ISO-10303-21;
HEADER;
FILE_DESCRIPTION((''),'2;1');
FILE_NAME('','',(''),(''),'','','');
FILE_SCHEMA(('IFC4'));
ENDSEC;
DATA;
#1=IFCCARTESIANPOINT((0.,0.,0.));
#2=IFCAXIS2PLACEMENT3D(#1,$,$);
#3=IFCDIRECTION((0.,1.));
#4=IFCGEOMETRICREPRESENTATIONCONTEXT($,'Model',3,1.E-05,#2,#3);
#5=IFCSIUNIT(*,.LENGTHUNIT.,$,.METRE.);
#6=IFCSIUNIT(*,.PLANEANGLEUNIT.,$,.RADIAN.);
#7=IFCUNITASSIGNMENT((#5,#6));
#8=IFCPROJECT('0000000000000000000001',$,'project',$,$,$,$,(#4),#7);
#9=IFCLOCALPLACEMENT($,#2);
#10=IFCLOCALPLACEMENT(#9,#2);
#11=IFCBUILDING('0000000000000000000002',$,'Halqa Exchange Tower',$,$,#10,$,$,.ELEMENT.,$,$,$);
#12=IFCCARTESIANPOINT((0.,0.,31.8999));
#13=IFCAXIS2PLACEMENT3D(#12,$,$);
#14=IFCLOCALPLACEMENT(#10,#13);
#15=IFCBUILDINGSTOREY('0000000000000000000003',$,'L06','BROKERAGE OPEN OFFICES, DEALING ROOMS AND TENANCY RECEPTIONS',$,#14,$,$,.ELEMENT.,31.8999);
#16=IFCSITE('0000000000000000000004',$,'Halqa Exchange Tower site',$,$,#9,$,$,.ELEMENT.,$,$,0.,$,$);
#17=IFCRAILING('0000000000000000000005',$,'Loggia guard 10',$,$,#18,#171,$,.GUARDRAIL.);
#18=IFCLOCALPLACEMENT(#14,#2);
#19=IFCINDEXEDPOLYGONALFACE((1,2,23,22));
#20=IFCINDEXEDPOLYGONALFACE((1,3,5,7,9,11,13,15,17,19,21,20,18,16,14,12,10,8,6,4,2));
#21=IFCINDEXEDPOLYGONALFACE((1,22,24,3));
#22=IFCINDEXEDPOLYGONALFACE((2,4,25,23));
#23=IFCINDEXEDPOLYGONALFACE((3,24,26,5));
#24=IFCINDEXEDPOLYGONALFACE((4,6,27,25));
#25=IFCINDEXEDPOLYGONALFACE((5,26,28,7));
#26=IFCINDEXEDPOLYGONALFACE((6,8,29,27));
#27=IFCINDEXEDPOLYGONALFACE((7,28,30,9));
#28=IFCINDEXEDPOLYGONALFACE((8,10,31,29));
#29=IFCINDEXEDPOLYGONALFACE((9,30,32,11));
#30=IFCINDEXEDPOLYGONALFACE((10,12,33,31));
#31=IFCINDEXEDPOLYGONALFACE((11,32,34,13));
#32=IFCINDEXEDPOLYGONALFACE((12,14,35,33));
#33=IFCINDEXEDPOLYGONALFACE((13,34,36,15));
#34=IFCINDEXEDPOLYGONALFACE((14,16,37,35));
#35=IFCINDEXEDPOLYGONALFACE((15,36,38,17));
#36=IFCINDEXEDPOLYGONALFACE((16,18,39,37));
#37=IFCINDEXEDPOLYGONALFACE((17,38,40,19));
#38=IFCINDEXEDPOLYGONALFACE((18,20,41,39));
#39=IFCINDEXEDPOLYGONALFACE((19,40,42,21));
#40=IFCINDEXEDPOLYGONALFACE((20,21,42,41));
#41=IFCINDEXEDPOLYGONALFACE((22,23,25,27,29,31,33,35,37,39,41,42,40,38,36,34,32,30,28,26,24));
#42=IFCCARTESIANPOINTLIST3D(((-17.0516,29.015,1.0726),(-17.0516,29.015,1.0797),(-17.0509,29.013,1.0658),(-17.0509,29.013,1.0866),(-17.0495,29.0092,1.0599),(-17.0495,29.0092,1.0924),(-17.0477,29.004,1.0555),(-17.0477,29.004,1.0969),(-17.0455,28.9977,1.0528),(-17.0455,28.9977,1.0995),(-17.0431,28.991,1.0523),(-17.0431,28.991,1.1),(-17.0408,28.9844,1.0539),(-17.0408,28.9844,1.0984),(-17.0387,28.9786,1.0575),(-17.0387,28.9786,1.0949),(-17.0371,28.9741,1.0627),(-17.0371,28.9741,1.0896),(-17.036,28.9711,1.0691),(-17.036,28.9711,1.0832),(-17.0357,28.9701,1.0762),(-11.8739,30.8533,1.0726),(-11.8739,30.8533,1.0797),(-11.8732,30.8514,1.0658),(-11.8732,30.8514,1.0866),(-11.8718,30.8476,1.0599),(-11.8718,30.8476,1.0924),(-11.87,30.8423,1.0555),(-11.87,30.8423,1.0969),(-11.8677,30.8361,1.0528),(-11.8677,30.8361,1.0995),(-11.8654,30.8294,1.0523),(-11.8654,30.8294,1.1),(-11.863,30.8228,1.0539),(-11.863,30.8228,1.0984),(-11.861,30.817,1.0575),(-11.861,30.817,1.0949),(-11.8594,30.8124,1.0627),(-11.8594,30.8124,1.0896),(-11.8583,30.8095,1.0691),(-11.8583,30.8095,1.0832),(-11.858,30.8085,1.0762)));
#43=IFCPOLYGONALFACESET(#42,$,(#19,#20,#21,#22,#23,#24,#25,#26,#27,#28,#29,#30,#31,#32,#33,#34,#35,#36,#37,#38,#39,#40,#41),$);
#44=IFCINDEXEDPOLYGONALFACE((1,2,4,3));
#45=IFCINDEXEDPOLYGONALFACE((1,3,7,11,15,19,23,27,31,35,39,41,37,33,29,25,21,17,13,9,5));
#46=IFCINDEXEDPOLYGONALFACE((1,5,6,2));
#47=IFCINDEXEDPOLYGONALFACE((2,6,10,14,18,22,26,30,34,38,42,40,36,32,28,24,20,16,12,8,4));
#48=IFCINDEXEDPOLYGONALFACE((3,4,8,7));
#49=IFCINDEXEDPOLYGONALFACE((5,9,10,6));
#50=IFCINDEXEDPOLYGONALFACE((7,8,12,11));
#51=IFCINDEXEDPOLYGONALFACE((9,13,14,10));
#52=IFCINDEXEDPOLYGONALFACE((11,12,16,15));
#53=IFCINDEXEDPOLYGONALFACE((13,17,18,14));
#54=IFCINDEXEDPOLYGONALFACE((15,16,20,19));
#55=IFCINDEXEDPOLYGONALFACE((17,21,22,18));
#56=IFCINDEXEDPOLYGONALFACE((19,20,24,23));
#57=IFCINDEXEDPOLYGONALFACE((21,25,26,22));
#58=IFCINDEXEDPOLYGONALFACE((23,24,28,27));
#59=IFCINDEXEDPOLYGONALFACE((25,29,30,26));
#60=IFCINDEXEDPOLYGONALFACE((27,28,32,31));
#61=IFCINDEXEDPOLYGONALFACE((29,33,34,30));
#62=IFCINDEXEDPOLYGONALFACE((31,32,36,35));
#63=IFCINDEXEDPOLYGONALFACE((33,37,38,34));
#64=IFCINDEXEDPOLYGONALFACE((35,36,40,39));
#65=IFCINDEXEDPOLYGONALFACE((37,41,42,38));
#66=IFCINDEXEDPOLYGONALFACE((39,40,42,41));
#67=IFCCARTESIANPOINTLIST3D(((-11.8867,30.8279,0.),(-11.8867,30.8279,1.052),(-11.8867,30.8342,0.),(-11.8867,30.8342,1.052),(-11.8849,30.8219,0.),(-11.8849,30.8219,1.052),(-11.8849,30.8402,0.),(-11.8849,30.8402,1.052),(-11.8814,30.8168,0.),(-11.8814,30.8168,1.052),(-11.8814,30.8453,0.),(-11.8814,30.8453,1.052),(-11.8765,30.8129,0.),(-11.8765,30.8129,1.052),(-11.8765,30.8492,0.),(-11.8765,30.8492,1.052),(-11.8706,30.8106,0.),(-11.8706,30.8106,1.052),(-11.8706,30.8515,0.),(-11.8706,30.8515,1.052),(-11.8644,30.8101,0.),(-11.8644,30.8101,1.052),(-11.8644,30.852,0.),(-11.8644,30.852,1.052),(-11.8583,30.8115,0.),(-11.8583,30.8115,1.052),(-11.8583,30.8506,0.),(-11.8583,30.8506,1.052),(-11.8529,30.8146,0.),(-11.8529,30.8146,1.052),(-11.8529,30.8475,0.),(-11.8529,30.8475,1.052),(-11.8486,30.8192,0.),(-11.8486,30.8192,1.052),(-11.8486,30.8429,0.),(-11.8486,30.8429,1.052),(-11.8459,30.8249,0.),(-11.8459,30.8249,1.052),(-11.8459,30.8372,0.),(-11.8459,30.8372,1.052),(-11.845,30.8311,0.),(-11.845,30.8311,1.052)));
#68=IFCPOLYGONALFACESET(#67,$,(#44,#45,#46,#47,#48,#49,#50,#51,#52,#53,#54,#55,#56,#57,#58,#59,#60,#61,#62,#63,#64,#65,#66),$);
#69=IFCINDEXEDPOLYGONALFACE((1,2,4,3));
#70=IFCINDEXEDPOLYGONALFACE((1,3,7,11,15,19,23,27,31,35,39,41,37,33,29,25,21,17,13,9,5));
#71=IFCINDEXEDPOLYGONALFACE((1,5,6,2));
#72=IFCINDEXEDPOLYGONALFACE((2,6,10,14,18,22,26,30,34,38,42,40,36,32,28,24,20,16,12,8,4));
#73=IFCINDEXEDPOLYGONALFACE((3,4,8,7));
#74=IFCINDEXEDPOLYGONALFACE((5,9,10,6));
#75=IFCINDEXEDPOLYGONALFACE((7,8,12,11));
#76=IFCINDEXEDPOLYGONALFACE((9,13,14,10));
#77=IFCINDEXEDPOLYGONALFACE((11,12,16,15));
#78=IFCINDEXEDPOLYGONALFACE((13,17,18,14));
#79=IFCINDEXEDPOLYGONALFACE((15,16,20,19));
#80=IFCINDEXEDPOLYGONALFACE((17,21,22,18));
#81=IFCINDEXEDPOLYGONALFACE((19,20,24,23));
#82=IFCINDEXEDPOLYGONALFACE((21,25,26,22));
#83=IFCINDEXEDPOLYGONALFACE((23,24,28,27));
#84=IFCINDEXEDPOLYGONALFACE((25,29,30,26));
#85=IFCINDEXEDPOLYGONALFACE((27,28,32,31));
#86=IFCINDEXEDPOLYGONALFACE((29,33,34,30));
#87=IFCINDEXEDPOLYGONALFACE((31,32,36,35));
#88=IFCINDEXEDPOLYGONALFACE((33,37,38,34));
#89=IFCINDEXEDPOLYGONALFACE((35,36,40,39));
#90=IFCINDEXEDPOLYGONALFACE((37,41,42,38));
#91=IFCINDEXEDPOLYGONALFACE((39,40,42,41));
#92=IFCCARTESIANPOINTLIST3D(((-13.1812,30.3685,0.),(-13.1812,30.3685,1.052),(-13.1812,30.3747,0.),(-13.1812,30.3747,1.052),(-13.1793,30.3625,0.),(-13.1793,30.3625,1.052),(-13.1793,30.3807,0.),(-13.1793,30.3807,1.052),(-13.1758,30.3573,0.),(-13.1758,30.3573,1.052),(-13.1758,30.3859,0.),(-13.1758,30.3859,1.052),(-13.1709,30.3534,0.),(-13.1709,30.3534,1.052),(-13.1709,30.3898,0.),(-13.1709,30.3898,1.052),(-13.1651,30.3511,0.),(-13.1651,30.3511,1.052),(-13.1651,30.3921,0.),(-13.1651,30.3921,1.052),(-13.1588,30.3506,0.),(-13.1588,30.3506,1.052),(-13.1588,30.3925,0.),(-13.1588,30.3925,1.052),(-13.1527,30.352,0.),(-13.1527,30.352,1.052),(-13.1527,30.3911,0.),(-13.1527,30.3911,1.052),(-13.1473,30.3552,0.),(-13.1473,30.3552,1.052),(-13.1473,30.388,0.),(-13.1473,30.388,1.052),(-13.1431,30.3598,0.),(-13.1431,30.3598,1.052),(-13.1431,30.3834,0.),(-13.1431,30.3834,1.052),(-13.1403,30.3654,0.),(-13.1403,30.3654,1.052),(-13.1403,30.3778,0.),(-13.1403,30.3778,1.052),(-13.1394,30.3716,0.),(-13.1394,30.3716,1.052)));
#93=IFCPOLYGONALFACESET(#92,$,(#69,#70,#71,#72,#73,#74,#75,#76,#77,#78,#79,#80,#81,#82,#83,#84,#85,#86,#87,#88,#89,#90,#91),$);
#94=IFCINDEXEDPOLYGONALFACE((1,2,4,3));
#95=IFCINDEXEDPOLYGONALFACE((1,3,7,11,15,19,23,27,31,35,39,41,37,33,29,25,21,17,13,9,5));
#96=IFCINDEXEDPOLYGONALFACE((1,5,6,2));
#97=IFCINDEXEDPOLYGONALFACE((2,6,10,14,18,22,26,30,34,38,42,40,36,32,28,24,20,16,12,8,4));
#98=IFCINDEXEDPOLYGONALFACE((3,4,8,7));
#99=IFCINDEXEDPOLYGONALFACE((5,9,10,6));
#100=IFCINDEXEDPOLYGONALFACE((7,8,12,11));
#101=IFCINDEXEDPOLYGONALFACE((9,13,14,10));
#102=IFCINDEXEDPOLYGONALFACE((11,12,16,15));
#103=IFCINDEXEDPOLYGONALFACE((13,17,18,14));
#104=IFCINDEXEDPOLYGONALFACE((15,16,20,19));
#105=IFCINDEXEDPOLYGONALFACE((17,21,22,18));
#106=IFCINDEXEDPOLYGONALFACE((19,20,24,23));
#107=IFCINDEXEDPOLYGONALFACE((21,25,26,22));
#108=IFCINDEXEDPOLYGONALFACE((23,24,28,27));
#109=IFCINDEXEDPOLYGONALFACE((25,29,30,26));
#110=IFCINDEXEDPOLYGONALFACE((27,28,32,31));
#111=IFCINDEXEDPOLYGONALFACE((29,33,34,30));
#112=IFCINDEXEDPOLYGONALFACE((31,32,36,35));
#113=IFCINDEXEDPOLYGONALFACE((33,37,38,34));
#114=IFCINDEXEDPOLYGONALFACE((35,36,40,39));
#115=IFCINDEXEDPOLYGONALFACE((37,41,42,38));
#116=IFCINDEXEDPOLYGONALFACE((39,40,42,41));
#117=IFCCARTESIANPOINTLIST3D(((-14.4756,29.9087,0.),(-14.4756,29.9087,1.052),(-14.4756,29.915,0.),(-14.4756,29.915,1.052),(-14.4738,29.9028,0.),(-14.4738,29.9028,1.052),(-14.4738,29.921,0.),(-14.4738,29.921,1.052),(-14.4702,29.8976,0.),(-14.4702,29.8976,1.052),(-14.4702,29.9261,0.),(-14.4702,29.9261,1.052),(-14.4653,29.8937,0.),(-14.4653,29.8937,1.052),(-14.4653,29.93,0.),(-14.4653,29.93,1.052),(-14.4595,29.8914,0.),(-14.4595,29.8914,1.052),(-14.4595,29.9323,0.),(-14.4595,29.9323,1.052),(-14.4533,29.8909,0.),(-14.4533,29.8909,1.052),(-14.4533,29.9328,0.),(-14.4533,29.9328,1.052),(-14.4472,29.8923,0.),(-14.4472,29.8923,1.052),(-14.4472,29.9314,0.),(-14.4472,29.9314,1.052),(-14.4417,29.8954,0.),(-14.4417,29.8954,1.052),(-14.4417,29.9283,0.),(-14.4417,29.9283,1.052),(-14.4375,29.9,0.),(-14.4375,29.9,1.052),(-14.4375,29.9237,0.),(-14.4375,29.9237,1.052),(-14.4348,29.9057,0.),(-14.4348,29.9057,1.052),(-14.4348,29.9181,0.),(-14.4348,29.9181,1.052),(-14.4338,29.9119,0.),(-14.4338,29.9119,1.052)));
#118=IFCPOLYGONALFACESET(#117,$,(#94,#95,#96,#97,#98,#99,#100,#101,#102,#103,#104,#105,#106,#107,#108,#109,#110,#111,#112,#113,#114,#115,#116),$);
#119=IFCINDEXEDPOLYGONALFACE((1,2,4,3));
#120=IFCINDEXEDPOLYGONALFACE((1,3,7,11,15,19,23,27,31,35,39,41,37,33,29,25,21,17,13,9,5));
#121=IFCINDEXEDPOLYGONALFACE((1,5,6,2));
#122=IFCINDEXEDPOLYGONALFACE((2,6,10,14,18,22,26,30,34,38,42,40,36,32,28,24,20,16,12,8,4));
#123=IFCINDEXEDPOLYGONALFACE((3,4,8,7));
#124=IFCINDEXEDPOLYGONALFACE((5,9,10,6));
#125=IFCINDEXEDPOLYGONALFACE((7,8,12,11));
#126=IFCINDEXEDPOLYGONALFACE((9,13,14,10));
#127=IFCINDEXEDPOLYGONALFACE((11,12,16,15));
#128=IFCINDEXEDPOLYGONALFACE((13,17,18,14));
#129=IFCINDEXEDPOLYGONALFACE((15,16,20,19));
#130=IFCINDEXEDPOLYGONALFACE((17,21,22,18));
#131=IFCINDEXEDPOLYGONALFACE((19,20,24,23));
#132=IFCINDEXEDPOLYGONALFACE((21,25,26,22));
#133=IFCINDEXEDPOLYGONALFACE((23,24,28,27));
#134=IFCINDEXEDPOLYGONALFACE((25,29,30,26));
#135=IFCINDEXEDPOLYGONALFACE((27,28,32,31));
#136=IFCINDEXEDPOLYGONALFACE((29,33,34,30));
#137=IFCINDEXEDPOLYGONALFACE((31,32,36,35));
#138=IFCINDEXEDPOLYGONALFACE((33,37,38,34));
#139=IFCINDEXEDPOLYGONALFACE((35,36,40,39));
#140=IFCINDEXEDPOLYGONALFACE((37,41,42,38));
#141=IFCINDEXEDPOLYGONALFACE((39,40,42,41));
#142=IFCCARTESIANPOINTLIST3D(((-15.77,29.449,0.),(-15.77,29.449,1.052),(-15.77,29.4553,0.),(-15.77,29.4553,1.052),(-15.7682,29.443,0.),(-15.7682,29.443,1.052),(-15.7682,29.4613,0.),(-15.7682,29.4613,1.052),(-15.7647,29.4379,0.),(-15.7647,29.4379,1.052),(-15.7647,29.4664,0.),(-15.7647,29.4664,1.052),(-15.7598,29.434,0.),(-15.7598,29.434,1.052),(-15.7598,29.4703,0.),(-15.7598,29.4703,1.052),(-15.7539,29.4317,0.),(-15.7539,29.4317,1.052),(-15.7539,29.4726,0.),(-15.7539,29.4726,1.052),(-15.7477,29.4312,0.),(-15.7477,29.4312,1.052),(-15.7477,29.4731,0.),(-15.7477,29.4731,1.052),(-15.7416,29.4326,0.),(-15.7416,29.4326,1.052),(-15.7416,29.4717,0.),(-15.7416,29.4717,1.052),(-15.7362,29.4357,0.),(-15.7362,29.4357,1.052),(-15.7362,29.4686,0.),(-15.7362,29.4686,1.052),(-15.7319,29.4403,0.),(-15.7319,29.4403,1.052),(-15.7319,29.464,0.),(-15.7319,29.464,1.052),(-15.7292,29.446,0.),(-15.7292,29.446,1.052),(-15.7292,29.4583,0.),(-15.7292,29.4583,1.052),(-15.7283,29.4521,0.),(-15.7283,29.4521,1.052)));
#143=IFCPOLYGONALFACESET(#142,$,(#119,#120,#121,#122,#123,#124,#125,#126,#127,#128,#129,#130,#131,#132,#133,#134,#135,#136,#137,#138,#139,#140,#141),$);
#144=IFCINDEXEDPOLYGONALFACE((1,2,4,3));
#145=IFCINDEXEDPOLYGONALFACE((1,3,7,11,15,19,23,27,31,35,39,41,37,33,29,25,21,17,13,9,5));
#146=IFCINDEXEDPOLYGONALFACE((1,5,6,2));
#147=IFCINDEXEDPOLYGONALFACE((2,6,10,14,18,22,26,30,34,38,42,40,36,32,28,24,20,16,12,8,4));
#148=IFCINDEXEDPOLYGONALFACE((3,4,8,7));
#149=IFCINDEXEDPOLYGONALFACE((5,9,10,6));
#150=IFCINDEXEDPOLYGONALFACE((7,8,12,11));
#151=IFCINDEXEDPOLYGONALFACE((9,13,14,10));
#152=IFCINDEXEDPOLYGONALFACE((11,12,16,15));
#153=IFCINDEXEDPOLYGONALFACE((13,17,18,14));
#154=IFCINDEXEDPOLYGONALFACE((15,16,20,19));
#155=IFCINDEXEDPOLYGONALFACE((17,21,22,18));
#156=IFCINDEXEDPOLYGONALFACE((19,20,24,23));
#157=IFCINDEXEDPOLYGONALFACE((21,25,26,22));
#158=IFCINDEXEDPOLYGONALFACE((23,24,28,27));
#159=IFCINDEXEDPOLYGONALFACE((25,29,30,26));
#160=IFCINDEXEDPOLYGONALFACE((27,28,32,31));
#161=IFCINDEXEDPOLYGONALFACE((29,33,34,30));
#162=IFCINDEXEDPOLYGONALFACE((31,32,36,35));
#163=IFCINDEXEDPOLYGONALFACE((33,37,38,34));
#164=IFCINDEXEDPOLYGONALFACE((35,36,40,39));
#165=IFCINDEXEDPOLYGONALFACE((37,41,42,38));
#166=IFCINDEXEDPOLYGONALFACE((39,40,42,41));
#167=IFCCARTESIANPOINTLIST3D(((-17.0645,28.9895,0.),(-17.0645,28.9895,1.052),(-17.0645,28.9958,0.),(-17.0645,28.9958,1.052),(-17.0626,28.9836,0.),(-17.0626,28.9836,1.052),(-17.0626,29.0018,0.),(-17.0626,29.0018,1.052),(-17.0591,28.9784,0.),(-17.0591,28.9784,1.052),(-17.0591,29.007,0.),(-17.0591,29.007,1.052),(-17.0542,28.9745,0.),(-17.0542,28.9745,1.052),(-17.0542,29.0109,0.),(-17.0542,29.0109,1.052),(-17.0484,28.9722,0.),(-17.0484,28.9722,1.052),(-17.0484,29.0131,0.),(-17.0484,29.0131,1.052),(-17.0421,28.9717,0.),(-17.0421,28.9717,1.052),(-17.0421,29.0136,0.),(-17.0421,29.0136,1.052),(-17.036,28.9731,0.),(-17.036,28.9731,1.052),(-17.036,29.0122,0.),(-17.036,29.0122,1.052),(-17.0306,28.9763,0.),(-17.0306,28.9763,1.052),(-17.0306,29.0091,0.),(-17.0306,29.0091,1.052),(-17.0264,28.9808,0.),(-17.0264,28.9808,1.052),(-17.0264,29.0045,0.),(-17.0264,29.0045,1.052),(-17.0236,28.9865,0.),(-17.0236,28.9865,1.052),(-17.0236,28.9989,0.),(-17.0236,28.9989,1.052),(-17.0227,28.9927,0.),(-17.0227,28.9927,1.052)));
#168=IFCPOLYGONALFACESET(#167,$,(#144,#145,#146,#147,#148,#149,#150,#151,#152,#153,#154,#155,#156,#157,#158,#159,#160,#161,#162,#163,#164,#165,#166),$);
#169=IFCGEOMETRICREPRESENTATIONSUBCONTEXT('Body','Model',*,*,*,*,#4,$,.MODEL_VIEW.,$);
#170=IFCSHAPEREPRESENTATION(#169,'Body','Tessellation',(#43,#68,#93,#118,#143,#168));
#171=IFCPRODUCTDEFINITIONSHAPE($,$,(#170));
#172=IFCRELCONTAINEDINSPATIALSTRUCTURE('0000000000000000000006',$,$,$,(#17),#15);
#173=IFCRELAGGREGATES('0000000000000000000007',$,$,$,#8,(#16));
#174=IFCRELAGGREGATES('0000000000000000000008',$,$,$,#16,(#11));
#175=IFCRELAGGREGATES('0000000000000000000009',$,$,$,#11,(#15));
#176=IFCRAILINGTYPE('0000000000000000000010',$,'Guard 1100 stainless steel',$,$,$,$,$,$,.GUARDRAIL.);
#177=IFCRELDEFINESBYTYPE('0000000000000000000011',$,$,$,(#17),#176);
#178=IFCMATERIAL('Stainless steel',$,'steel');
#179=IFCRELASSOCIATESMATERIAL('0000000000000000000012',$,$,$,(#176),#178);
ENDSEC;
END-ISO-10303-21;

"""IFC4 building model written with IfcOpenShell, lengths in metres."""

from ifc_helpers import new_model, si_unit, direction, frame, origin, origin_2d, place, context, subcontext, project, spatial, circle, extrude, material, type_object, element, save


model = new_model("IFC4")

# Units and contexts
model_context = context("Model", 3, precision=1e-05, world=origin(), true_north=direction((0.0, 1.0)))
body_context = subcontext(model_context, "Body", "Model", "MODEL_VIEW")
ifc_project = project(units=[si_unit("LENGTHUNIT", "METRE"), si_unit("PLANEANGLEUNIT", "RADIAN")], contexts=[model_context])

# Site, building, storey
site_placement = place(None, origin())
site = spatial("IfcSite", under=ifc_project, at=site_placement, Name="Halqa Exchange Tower site", CompositionType="ELEMENT", RefElevation=0.0)
building_placement = place(site_placement, origin())
building = spatial("IfcBuilding", under=site, at=building_placement, Name="Halqa Exchange Tower", CompositionType="ELEMENT")
storey_placement = place(building_placement, frame((0.0, 0.0, 31.8999)))
storey = spatial("IfcBuildingStorey", under=building, at=storey_placement, Name="L06", Description="BROKERAGE OPEN OFFICES, DEALING ROOMS AND TENANCY RECEPTIONS", CompositionType="ELEMENT", Elevation=31.8999)

# Railing
ifc_material_1 = material(Name="Stainless steel", Category="steel")
railing_type_1 = type_object("IfcRailingType", Name="Guard 1100 stainless steel", PredefinedType="GUARDRAIL", material=ifc_material_1)
railing_1_placement = place(storey_placement, frame((-11.866, 30.8311, 0.0)))
element("IfcRailing", 1, at=railing_1_placement, inside=storey, type_object=railing_type_1, Name="Loggia guard 10", PredefinedType="GUARDRAIL", context=body_context, shape_type="SweptSolid", body=[
    extrude(circle(Radius=0.0239, at=origin_2d()), frame((0.0, 0.0, 1.0762), z_axis=(-0.942364, -0.334591, 0.0), x_axis=(0.334591, -0.942364, 0.0)), (0.0, 0.0, 1.0), 5.4944),
    extrude(circle(Radius=0.021, at=origin_2d()), origin(), (0.0, 0.0, 1.0), 1.052),
    extrude(circle(Radius=0.021, at=origin_2d()), frame((-1.2944, -0.4595, 0.0)), (0.0, 0.0, 1.0), 1.052),
    extrude(circle(Radius=0.021, at=origin_2d()), frame((-2.5889, -0.9192, 0.0)), (0.0, 0.0, 1.0), 1.052),
    extrude(circle(Radius=0.021, at=origin_2d()), frame((-3.8833, -1.3789, 0.0)), (0.0, 0.0, 1.0), 1.052),
    extrude(circle(Radius=0.021, at=origin_2d()), frame((-5.1777, -1.8384, 0.0)), (0.0, 0.0, 1.0), 1.052),
])

save(model, "model.ifc")
